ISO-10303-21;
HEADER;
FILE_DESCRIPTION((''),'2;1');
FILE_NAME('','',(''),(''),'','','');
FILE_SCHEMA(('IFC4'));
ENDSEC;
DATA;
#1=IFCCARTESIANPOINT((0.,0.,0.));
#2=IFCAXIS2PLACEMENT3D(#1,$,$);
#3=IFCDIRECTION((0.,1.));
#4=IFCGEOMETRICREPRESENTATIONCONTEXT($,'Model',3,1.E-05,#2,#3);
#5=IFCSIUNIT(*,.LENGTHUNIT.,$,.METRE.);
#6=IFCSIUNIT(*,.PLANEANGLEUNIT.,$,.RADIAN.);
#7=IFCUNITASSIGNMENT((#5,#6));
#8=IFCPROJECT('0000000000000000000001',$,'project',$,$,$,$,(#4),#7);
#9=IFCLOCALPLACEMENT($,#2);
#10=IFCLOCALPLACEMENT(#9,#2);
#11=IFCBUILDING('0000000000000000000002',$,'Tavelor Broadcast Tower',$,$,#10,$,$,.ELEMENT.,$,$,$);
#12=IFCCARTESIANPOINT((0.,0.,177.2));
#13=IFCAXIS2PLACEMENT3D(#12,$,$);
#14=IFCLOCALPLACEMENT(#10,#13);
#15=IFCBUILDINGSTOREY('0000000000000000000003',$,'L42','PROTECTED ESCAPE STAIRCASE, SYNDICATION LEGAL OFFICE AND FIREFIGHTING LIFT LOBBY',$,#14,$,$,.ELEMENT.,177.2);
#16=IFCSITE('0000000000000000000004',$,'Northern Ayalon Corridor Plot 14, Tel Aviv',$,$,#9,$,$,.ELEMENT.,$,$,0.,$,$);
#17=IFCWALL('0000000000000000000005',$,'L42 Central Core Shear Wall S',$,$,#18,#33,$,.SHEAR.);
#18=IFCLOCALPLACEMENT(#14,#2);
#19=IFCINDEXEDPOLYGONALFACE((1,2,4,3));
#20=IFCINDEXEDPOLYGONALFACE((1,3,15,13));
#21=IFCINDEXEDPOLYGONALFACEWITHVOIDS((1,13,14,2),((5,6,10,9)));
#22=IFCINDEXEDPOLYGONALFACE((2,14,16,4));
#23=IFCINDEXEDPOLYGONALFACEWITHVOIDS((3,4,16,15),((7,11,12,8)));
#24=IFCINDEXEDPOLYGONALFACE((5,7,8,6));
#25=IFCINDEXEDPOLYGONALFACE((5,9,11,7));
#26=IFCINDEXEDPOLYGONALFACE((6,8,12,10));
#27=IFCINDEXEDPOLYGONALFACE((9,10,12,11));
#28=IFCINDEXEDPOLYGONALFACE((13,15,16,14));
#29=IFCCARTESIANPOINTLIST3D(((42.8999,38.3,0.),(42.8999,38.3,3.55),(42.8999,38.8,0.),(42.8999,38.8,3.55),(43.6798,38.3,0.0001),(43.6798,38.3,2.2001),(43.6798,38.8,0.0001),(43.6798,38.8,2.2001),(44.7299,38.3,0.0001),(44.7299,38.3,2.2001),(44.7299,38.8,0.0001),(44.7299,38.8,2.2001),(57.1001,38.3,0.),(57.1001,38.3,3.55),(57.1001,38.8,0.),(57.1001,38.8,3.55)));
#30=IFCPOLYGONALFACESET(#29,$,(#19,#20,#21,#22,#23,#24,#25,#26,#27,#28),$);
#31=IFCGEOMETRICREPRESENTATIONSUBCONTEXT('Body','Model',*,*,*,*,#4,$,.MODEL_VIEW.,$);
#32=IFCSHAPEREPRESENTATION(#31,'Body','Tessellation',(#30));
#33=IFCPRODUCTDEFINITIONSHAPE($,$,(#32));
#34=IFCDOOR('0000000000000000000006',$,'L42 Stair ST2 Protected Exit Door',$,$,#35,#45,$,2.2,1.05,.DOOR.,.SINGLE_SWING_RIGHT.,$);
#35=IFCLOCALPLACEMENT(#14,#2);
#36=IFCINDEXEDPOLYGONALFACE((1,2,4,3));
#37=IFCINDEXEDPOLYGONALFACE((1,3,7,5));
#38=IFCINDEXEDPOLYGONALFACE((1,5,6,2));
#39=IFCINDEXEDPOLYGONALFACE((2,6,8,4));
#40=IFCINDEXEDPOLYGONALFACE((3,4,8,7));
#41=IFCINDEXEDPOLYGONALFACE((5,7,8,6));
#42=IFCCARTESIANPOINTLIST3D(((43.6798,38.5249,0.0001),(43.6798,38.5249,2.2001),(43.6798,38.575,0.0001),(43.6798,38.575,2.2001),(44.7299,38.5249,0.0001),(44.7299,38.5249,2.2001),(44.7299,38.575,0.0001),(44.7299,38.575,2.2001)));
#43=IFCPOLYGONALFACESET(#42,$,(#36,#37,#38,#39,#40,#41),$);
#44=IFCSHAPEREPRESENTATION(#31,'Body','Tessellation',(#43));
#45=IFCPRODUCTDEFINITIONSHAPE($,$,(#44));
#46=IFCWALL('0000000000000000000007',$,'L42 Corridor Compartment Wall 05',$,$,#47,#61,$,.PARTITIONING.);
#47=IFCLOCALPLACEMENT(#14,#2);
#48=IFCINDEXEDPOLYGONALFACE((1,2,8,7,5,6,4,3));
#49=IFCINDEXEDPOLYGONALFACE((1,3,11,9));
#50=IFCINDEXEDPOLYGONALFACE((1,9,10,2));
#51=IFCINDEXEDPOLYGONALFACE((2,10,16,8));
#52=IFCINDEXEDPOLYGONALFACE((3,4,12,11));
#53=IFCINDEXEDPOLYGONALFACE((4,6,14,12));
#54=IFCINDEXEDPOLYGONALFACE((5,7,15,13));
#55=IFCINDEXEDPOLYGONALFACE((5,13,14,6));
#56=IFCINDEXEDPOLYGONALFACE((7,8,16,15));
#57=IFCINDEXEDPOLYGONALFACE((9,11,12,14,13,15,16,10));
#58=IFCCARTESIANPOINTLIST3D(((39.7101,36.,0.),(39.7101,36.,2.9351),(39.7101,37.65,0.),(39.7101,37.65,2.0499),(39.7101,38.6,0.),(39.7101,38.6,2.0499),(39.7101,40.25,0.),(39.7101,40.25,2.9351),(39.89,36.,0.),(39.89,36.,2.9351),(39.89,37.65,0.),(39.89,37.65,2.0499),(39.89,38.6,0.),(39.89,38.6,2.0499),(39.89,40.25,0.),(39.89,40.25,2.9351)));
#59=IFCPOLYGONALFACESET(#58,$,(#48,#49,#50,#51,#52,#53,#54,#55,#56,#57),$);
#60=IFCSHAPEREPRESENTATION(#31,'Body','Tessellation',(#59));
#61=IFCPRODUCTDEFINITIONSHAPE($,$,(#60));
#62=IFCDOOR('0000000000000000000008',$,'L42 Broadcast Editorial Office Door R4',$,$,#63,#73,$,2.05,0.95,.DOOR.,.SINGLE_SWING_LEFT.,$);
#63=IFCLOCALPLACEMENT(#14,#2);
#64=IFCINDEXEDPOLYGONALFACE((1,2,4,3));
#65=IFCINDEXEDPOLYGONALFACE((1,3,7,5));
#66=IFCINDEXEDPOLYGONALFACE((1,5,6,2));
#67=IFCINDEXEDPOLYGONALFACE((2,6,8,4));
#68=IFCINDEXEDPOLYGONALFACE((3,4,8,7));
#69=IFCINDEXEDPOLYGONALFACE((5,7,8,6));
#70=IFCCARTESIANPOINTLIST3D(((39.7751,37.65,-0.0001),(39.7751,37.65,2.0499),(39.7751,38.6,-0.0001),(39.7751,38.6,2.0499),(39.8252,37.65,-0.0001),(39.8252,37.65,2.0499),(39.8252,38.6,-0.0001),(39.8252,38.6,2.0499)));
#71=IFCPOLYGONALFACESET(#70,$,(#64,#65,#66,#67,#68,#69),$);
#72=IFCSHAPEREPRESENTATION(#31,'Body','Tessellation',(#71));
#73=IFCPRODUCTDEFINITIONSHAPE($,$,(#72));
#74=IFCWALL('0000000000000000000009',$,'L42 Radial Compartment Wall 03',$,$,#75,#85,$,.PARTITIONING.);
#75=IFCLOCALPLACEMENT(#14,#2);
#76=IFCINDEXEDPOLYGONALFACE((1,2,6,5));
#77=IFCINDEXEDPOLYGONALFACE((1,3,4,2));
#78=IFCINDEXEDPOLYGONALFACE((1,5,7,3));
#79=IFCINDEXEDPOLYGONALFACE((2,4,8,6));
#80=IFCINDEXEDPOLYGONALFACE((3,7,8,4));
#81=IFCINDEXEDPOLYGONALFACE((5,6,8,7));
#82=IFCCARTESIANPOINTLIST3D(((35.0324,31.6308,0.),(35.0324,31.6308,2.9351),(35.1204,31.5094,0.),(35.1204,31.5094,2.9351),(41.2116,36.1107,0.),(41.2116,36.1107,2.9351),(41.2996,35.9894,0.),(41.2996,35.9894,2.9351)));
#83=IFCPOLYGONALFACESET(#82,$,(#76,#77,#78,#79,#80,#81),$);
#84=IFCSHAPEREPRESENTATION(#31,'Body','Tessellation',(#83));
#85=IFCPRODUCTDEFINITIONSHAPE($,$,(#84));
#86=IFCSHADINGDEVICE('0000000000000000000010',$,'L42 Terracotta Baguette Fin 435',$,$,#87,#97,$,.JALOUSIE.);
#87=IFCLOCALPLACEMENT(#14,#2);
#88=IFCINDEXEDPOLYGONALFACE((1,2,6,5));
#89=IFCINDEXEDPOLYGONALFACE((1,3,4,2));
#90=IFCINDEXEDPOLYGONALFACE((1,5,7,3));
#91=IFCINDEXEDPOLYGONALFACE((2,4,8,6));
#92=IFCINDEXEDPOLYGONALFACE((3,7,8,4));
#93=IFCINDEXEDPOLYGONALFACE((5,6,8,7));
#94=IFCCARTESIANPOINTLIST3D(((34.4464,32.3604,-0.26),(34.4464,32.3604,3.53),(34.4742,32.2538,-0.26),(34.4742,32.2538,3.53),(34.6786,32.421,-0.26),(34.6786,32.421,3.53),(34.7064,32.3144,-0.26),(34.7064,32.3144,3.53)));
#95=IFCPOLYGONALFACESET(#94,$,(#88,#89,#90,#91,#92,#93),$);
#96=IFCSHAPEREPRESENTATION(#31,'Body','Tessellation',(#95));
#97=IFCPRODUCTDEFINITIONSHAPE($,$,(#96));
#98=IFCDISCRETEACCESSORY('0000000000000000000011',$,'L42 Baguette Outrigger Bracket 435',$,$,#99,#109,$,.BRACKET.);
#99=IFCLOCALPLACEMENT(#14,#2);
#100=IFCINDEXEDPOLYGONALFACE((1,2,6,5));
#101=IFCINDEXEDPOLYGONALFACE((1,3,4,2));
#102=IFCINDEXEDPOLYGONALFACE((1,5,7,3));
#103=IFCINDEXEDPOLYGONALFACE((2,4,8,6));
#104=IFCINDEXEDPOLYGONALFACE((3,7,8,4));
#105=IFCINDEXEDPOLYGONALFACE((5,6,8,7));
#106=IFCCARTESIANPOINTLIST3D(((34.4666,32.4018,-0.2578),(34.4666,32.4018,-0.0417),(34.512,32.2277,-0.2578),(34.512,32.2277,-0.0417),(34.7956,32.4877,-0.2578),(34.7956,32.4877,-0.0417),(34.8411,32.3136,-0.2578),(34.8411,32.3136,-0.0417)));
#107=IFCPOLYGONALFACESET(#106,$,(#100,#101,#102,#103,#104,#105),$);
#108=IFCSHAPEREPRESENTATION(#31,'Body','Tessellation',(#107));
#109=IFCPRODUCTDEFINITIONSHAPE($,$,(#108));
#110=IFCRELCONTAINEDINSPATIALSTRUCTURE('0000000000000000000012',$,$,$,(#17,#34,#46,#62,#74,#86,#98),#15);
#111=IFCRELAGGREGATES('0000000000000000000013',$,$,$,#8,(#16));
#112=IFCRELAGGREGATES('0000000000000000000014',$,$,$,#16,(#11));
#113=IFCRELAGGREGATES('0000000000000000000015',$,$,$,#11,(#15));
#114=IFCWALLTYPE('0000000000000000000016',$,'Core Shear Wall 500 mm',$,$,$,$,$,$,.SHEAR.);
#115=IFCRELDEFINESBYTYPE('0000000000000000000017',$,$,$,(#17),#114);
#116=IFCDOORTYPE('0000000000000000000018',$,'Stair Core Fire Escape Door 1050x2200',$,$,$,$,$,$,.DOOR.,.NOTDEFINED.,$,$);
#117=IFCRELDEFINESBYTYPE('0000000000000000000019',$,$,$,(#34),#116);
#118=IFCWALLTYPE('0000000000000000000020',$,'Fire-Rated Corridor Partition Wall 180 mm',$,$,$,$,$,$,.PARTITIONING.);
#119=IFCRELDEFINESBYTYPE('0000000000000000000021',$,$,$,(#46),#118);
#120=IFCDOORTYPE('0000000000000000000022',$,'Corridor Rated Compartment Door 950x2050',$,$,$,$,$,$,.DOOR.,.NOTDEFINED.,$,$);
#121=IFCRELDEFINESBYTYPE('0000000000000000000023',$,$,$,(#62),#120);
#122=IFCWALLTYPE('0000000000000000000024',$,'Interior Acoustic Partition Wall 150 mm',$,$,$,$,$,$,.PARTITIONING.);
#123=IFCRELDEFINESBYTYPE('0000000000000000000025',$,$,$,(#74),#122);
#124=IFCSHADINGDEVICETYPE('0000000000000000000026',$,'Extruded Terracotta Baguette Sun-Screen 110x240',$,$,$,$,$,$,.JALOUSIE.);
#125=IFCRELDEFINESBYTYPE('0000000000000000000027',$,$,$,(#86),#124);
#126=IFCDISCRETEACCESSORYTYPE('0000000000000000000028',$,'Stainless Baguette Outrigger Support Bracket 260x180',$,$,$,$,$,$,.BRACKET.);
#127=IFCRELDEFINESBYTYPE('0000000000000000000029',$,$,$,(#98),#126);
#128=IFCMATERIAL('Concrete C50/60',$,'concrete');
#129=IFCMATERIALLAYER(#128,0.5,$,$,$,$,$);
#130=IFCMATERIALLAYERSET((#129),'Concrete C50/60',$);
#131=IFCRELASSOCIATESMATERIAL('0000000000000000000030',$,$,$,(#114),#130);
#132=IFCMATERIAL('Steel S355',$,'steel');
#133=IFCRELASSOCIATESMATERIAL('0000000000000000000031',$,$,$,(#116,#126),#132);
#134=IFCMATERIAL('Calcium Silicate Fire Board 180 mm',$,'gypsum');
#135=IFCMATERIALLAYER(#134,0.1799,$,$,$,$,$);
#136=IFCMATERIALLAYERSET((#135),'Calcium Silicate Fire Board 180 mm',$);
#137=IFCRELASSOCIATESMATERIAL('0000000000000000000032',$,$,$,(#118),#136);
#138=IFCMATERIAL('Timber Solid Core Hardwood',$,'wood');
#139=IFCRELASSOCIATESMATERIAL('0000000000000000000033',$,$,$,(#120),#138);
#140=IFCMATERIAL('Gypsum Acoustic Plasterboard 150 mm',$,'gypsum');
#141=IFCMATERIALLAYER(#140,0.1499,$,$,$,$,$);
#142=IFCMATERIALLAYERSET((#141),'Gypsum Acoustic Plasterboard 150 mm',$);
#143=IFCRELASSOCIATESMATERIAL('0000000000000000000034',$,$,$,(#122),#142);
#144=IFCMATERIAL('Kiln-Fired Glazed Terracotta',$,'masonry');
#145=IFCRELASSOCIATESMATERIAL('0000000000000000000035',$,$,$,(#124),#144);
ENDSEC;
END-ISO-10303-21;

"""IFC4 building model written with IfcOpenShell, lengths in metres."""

from ifc_helpers import new_model, si_unit, direction, frame, frame_2d, origin, origin_2d, place, context, subcontext, project, spatial, rectangle, extrude, source, transform, mapped, material, layer, layer_set, type_object, type_shapes, element, fill, save


model = new_model("IFC4")

# Units and contexts
model_context = context("Model", 3, precision=1e-05, world=origin(), true_north=direction((0.0, 1.0)))
body_context = subcontext(model_context, "Body", "Model", "MODEL_VIEW")
ifc_project = project(units=[si_unit("LENGTHUNIT", "METRE"), si_unit("PLANEANGLEUNIT", "RADIAN")], contexts=[model_context])

# Site, building, storey
site_placement = place(None, origin())
site = spatial("IfcSite", under=ifc_project, at=site_placement, Name="Northern Ayalon Corridor Plot 14, Tel Aviv", CompositionType="ELEMENT", RefElevation=0.0)
building_placement = place(site_placement, origin())
building = spatial("IfcBuilding", under=site, at=building_placement, Name="Tavelor Broadcast Tower", CompositionType="ELEMENT")
storey_placement = place(building_placement, frame((0.0, 0.0, 177.2)))
storey = spatial("IfcBuildingStorey", under=building, at=storey_placement, Name="L42", Description="PROTECTED ESCAPE STAIRCASE, SYNDICATION LEGAL OFFICE AND FIREFIGHTING LIFT LOBBY", CompositionType="ELEMENT", Elevation=177.2)

# Shared definitions
ifc_material_1 = material(Name="Steel S355", Category="steel")

# Walls, openings, doors
ifc_material_2 = material(Name="Concrete C50/60", Category="concrete")
ifc_layer_1 = layer(ifc_material_2, 0.5)
ifc_layer_set_1 = layer_set([ifc_layer_1], Name="Concrete C50/60")
wall_type_1 = type_object("IfcWallType", Name="Core Shear Wall 500 mm", PredefinedType="SHEAR", material=ifc_layer_set_1)
wall_1_placement = place(storey_placement, frame((42.8999, 38.55, 0.0), z_axis=(0.0, 0.0, 1.0), x_axis=(1.0, 0.0, 0.0)))
wall_1 = element("IfcWall", 1, at=wall_1_placement, inside=storey, type_object=wall_type_1, Name="L42 Central Core Shear Wall S", PredefinedType="SHEAR", context=body_context, shape_type="SweptSolid", body=[
    extrude(rectangle(XDim=14.2002, YDim=0.5, at=frame_2d((7.1001, 0.0))), origin(), (0.0, 0.0, 1.0), 3.55),
])
opening_1_placement = place(wall_1_placement, frame((0.78, 0.0, 0.0)))
opening_1 = element("IfcOpeningElement", 2, at=opening_1_placement, cuts=wall_1, PredefinedType="OPENING", context=body_context, shape_type="SweptSolid", body=[
    extrude(rectangle(XDim=1.05, YDim=2.2, at=frame_2d((0.5249, 1.1001))), frame((0.0, 0.26, 0.0), z_axis=(0.0, -1.0, 0.0), x_axis=(1.0, 0.0, 0.0)), (0.0, 0.0, 1.0), 0.52),
])
door_type_1 = type_object("IfcDoorType", Name="Stair Core Fire Escape Door 1050x2200", OperationType="NOTDEFINED", PredefinedType="DOOR", material=ifc_material_1)
door_1_placement = place(opening_1_placement, origin())
door_1 = element("IfcDoor", 3, at=door_1_placement, inside=storey, type_object=door_type_1, Name="L42 Stair ST2 Protected Exit Door", OperationType="SINGLE_SWING_RIGHT", OverallHeight=2.2, OverallWidth=1.05, PredefinedType="DOOR", context=body_context, shape_type="SweptSolid", body=[
    extrude(rectangle(XDim=1.05, YDim=2.2, at=frame_2d((0.5249, 1.1001))), frame((0.0, 0.0249, 0.0), z_axis=(0.0, -1.0, 0.0), x_axis=(1.0, 0.0, 0.0)), (0.0, 0.0, 1.0), 0.05),
])
fill(opening_1, door_1)
ifc_material_3 = material(Name="Calcium Silicate Fire Board 180 mm", Category="gypsum")
ifc_layer_2 = layer(ifc_material_3, 0.1799)
ifc_layer_set_2 = layer_set([ifc_layer_2], Name="Calcium Silicate Fire Board 180 mm")
wall_type_2 = type_object("IfcWallType", Name="Fire-Rated Corridor Partition Wall 180 mm", PredefinedType="PARTITIONING", material=ifc_layer_set_2)
wall_2_placement = place(storey_placement, frame((39.8, 36.0, 0.0), z_axis=(0.0, 0.0, 1.0), x_axis=(0.0, 1.0, 0.0)))
wall_2 = element("IfcWall", 4, at=wall_2_placement, inside=storey, type_object=wall_type_2, Name="L42 Corridor Compartment Wall 05", PredefinedType="PARTITIONING", context=body_context, shape_type="SweptSolid", body=[
    extrude(rectangle(XDim=4.25, YDim=0.1799, at=frame_2d((2.125, 0.0))), origin(), (0.0, 0.0, 1.0), 2.9351),
])
opening_2_placement = place(wall_2_placement, frame((1.6499, 0.0, 0.0)))
opening_2 = element("IfcOpeningElement", 5, at=opening_2_placement, cuts=wall_2, PredefinedType="OPENING", context=body_context, shape_type="SweptSolid", body=[
    extrude(rectangle(XDim=0.95, YDim=2.05, at=frame_2d((0.4751, 1.0249))), frame((0.0, 0.1001, 0.0), z_axis=(0.0, -1.0, 0.0), x_axis=(1.0, 0.0, 0.0)), (0.0, 0.0, 1.0), 0.2),
])
ifc_material_4 = material(Name="Timber Solid Core Hardwood", Category="wood")
door_type_2 = type_object("IfcDoorType", Name="Corridor Rated Compartment Door 950x2050", OperationType="NOTDEFINED", PredefinedType="DOOR", material=ifc_material_4)
door_2_placement = place(opening_2_placement, origin())
door_2 = element("IfcDoor", 6, at=door_2_placement, inside=storey, type_object=door_type_2, Name="L42 Broadcast Editorial Office Door R4", OperationType="SINGLE_SWING_LEFT", OverallHeight=2.05, OverallWidth=0.95, PredefinedType="DOOR", context=body_context, shape_type="SweptSolid", body=[
    extrude(rectangle(XDim=0.95, YDim=2.05, at=frame_2d((0.4751, 1.0249))), frame((0.0, 0.0249, 0.0), z_axis=(0.0, -1.0, 0.0), x_axis=(1.0, 0.0, 0.0)), (0.0, 0.0, 1.0), 0.05),
])
fill(opening_2, door_2)

# Wall
ifc_material_5 = material(Name="Gypsum Acoustic Plasterboard 150 mm", Category="gypsum")
ifc_layer_3 = layer(ifc_material_5, 0.1499)
ifc_layer_set_3 = layer_set([ifc_layer_3], Name="Gypsum Acoustic Plasterboard 150 mm")
wall_type_3 = type_object("IfcWallType", Name="Interior Acoustic Partition Wall 150 mm", PredefinedType="PARTITIONING", material=ifc_layer_set_3)
wall_3_placement = place(storey_placement, frame((41.2556, 36.05, 0.0), z_axis=(0.0, 0.0, 1.0), x_axis=(-0.809607, -0.586973, 0.0)))
element("IfcWall", 7, at=wall_3_placement, inside=storey, type_object=wall_type_3, Name="L42 Radial Compartment Wall 03", PredefinedType="PARTITIONING", context=body_context, shape_type="SweptSolid", body=[
    extrude(rectangle(XDim=7.6323, YDim=0.1499, at=frame_2d((3.8162, 0.0))), origin(), (0.0, 0.0, 1.0), 2.9351),
])

# Shading device
ifc_material_6 = material(Name="Kiln-Fired Glazed Terracotta", Category="masonry")
shading_device_type = type_object("IfcShadingDeviceType", Name="Extruded Terracotta Baguette Sun-Screen 110x240", PredefinedType="JALOUSIE", material=ifc_material_6)
shared_shape_1 = source(origin(), body_context, "Body", "SweptSolid", [
    extrude(rectangle(XDim=0.1101, YDim=0.24, at=origin_2d()), origin(), (0.0, 0.0, 1.0), 3.79),
])
type_shapes(shading_device_type, [shared_shape_1])
shading_device_placement = place(storey_placement, frame((34.5764, 32.3374, -0.26), z_axis=(0.0, 0.0, 1.0), x_axis=(0.252576, -0.967577, 0.0)))
element("IfcShadingDevice", 8, at=shading_device_placement, inside=storey, type_object=shading_device_type, Name="L42 Terracotta Baguette Fin 435", PredefinedType="JALOUSIE", context=body_context, shape_type="MappedRepresentation", body=[
    mapped(shared_shape_1, transform((0.0, 0.0, 0.0), scale=1.0)),
])

# Discrete accessory
discrete_accessory_type = type_object("IfcDiscreteAccessoryType", Name="Stainless Baguette Outrigger Support Bracket 260x180", PredefinedType="BRACKET", material=ifc_material_1)
shared_shape_2 = source(origin(), body_context, "Body", "SweptSolid", [
    extrude(rectangle(XDim=0.1799, YDim=0.3401, at=origin_2d()), origin(), (0.0, 0.0, 1.0), 0.2161),
])
type_shapes(discrete_accessory_type, [shared_shape_2])
discrete_accessory_placement = place(storey_placement, frame((34.6538, 32.3577, -0.2578), z_axis=(0.0, 0.0, 1.0), x_axis=(0.252576, -0.967577, 0.0)))
element("IfcDiscreteAccessory", 9, at=discrete_accessory_placement, inside=storey, type_object=discrete_accessory_type, Name="L42 Baguette Outrigger Bracket 435", PredefinedType="BRACKET", context=body_context, shape_type="MappedRepresentation", body=[
    mapped(shared_shape_2, transform((0.0, 0.0, 0.0), scale=1.0)),
])

save(model, "model.ifc")
